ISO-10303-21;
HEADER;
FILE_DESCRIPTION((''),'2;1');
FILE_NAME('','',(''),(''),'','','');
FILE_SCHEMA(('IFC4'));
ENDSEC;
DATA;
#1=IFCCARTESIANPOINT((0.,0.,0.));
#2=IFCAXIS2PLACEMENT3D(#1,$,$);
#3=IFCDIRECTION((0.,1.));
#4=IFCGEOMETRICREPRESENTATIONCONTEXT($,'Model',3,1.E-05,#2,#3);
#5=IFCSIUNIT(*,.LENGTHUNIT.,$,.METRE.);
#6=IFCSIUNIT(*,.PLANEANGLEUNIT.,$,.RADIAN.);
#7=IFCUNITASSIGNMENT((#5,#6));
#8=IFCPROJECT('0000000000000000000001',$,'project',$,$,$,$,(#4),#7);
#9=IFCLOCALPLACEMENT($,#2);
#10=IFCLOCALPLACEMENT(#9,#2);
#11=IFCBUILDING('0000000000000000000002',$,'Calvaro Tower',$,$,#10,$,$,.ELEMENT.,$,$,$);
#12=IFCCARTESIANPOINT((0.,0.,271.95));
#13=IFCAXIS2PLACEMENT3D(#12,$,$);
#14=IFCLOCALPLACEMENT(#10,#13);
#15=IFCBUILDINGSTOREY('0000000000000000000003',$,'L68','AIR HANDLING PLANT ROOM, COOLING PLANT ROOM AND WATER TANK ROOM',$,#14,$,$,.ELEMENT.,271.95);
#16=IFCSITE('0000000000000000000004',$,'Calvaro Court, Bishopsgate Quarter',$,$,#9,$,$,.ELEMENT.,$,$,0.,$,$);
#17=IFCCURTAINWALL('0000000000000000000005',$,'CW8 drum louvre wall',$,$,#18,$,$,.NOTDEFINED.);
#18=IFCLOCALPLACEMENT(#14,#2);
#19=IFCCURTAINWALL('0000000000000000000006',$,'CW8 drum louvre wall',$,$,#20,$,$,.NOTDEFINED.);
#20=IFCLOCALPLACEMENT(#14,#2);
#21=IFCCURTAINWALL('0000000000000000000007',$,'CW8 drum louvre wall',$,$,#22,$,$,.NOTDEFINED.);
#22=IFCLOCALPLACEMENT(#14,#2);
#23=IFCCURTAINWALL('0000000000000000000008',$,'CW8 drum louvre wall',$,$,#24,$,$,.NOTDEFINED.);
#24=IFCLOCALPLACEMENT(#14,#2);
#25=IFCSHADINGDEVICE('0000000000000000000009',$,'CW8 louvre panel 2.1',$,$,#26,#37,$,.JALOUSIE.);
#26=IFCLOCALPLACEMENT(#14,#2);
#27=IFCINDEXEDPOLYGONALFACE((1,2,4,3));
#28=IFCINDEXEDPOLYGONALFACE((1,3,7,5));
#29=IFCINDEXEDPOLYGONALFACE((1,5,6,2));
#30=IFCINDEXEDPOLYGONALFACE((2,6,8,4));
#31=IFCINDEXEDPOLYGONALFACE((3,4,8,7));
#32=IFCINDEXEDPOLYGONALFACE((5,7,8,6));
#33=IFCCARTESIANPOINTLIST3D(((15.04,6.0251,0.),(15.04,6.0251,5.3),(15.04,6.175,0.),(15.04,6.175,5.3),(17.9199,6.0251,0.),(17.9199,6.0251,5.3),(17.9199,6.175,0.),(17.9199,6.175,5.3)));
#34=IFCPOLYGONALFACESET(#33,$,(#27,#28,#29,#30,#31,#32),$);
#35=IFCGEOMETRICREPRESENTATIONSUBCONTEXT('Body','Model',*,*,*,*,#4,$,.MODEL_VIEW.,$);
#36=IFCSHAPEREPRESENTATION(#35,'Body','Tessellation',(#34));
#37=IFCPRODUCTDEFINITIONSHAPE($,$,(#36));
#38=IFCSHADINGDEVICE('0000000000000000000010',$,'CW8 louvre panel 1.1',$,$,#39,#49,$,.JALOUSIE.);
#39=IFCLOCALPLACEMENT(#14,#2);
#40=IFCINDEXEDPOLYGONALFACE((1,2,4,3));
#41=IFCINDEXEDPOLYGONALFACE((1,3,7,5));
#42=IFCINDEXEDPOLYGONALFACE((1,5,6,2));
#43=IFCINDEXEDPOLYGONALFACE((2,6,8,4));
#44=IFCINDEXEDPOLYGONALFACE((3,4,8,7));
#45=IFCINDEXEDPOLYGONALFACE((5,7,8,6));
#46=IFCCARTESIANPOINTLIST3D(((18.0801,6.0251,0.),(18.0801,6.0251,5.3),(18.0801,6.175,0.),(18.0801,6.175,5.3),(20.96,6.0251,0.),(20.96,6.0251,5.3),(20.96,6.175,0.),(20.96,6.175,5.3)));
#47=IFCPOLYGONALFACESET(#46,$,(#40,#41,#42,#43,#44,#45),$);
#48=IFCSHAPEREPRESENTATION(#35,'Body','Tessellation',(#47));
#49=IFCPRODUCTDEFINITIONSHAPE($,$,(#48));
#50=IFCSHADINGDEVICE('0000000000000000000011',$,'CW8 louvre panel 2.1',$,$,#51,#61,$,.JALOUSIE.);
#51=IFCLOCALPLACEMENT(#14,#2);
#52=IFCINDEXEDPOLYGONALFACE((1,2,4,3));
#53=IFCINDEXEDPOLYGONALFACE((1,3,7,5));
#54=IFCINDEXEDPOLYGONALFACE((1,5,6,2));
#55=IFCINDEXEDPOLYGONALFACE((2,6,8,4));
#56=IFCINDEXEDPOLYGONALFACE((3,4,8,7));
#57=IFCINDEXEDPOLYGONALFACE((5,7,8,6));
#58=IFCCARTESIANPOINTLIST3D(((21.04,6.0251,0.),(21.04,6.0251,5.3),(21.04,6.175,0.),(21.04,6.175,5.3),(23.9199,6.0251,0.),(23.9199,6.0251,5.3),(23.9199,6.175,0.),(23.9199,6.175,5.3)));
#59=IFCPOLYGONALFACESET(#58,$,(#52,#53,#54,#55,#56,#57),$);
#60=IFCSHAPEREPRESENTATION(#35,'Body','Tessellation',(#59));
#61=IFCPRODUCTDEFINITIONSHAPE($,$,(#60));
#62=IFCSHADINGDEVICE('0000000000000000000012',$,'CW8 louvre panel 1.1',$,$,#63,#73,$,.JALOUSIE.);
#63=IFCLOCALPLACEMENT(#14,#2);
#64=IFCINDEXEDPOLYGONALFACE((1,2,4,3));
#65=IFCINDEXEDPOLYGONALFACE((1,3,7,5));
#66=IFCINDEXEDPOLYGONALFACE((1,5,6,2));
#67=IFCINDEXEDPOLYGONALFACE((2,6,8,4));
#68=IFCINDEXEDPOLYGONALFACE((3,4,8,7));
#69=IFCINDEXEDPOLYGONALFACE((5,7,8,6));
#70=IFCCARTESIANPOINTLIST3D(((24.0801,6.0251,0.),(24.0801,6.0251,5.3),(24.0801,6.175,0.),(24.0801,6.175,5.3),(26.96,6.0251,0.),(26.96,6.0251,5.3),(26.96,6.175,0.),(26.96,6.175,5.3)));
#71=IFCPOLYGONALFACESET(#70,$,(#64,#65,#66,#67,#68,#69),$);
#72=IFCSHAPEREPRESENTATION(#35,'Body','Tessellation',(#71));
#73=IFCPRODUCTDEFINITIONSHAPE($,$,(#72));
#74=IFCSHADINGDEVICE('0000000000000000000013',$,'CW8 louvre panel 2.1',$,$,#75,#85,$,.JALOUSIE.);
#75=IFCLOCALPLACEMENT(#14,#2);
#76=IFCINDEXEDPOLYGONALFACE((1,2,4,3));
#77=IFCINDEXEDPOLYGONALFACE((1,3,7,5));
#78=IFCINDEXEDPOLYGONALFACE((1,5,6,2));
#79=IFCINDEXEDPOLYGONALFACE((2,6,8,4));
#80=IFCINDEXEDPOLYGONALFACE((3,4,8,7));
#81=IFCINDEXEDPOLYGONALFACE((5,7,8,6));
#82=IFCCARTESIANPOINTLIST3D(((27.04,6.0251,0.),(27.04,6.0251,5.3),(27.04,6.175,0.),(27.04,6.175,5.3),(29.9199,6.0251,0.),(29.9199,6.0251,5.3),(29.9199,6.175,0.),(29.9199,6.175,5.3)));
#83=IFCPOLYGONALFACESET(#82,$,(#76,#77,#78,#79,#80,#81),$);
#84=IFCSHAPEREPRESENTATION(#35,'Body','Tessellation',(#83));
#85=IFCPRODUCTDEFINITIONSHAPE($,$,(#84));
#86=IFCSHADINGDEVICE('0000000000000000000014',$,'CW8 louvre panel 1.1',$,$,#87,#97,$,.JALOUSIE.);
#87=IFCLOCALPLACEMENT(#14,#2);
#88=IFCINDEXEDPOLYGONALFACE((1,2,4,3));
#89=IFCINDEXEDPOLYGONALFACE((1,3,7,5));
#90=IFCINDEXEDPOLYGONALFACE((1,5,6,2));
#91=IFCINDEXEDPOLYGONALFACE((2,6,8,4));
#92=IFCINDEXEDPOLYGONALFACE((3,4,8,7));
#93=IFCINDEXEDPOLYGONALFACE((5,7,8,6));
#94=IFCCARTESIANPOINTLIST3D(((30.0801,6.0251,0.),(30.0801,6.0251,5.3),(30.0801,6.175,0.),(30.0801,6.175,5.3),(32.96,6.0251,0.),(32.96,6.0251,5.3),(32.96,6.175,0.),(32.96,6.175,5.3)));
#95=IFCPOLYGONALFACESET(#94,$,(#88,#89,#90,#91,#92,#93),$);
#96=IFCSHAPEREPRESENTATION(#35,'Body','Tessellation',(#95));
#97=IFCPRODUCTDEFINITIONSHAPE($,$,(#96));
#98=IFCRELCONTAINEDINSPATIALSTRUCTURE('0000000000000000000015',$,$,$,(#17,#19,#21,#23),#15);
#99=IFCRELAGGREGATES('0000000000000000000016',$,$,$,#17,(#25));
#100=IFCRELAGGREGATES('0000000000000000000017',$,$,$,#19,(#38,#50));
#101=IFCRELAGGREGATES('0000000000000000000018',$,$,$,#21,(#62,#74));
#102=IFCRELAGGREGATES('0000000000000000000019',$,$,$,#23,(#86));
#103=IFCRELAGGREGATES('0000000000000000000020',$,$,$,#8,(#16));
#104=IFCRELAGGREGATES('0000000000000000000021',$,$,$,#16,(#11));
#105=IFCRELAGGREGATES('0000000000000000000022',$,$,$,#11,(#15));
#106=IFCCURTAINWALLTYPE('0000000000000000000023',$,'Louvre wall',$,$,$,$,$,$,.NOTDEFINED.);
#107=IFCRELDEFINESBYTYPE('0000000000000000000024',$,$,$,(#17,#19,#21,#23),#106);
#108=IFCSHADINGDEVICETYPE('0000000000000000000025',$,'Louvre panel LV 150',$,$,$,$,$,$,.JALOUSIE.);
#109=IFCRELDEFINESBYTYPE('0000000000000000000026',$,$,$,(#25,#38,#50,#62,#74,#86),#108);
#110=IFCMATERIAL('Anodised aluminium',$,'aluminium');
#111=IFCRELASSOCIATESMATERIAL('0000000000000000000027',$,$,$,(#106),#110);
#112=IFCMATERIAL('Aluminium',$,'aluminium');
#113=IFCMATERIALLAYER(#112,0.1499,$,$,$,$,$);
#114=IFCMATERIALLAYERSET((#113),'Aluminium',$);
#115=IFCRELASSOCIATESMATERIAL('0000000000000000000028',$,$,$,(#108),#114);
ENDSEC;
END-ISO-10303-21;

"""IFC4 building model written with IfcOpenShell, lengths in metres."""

from ifc_helpers import new_model, si_unit, direction, frame, origin, origin_2d, place, context, subcontext, project, spatial, rectangle, extrude, material, layer, layer_set, type_object, element, aggregate, save


model = new_model("IFC4")

# Units and contexts
model_context = context("Model", 3, precision=1e-05, world=origin(), true_north=direction((0.0, 1.0)))
body_context = subcontext(model_context, "Body", "Model", "MODEL_VIEW")
ifc_project = project(units=[si_unit("LENGTHUNIT", "METRE"), si_unit("PLANEANGLEUNIT", "RADIAN")], contexts=[model_context])

# Site, building, storey
site_placement = place(None, origin())
site = spatial("IfcSite", under=ifc_project, at=site_placement, Name="Calvaro Court, Bishopsgate Quarter", CompositionType="ELEMENT", RefElevation=0.0)
building_placement = place(site_placement, origin())
building = spatial("IfcBuilding", under=site, at=building_placement, Name="Calvaro Tower", CompositionType="ELEMENT")
storey_placement = place(building_placement, frame((0.0, 0.0, 271.95)))
storey = spatial("IfcBuildingStorey", under=building, at=storey_placement, Name="L68", Description="AIR HANDLING PLANT ROOM, COOLING PLANT ROOM AND WATER TANK ROOM", CompositionType="ELEMENT", Elevation=271.95)

# Curtain wall
ifc_material_1 = material(Name="Anodised aluminium", Category="aluminium")
curtain_wall_type = type_object("IfcCurtainWallType", Name="Louvre wall", PredefinedType="NOTDEFINED", material=ifc_material_1)
curtain_wall_1_placement = place(storey_placement, origin())
curtain_wall_1 = element("IfcCurtainWall", 1, at=curtain_wall_1_placement, inside=storey, type_object=curtain_wall_type, Name="CW8 drum louvre wall", PredefinedType="NOTDEFINED")

# Curtain walls
curtain_wall_2_placement = place(storey_placement, origin())
curtain_wall_2 = element("IfcCurtainWall", 2, at=curtain_wall_2_placement, inside=storey, type_object=curtain_wall_type, Name="CW8 drum louvre wall", PredefinedType="NOTDEFINED")
curtain_wall_3_placement = place(storey_placement, origin())
curtain_wall_3 = element("IfcCurtainWall", 3, at=curtain_wall_3_placement, inside=storey, type_object=curtain_wall_type, Name="CW8 drum louvre wall", PredefinedType="NOTDEFINED")
curtain_wall_4_placement = place(storey_placement, origin())
curtain_wall_4 = element("IfcCurtainWall", 4, at=curtain_wall_4_placement, inside=storey, type_object=curtain_wall_type, Name="CW8 drum louvre wall", PredefinedType="NOTDEFINED")

# Shading devices
ifc_material_2 = material(Name="Aluminium", Category="aluminium")
ifc_layer_1 = layer(ifc_material_2, 0.1499)
ifc_layer_set_1 = layer_set([ifc_layer_1], Name="Aluminium")
shading_device_type = type_object("IfcShadingDeviceType", Name="Louvre panel LV 150", PredefinedType="JALOUSIE", material=ifc_layer_set_1)
shading_device_1_placement = place(storey_placement, frame((16.48, 6.1001, 0.0), z_axis=(0.0, 0.0, 1.0), x_axis=(1.0, 0.0, 0.0)))
shading_device_1 = element("IfcShadingDevice", 5, at=shading_device_1_placement, type_object=shading_device_type, Name="CW8 louvre panel 2.1", PredefinedType="JALOUSIE", context=body_context, shape_type="SweptSolid", body=[
    extrude(rectangle(XDim=2.8799, YDim=0.1499, at=origin_2d()), origin(), (0.0, 0.0, 1.0), 5.3),
])
aggregate(curtain_wall_1, [shading_device_1])
shading_device_2_placement = place(storey_placement, frame((19.52, 6.1001, 0.0), z_axis=(0.0, 0.0, 1.0), x_axis=(1.0, 0.0, 0.0)))
shading_device_2 = element("IfcShadingDevice", 6, at=shading_device_2_placement, type_object=shading_device_type, Name="CW8 louvre panel 1.1", PredefinedType="JALOUSIE", context=body_context, shape_type="SweptSolid", body=[
    extrude(rectangle(XDim=2.8799, YDim=0.1499, at=origin_2d()), origin(), (0.0, 0.0, 1.0), 5.3),
])
shading_device_3_placement = place(storey_placement, frame((22.48, 6.1001, 0.0), z_axis=(0.0, 0.0, 1.0), x_axis=(1.0, 0.0, 0.0)))
shading_device_3 = element("IfcShadingDevice", 7, at=shading_device_3_placement, type_object=shading_device_type, Name="CW8 louvre panel 2.1", PredefinedType="JALOUSIE", context=body_context, shape_type="SweptSolid", body=[
    extrude(rectangle(XDim=2.8799, YDim=0.1499, at=origin_2d()), origin(), (0.0, 0.0, 1.0), 5.3),
])
aggregate(curtain_wall_2, [shading_device_2, shading_device_3])
shading_device_4_placement = place(storey_placement, frame((25.52, 6.1001, 0.0), z_axis=(0.0, 0.0, 1.0), x_axis=(1.0, 0.0, 0.0)))
shading_device_4 = element("IfcShadingDevice", 8, at=shading_device_4_placement, type_object=shading_device_type, Name="CW8 louvre panel 1.1", PredefinedType="JALOUSIE", context=body_context, shape_type="SweptSolid", body=[
    extrude(rectangle(XDim=2.8799, YDim=0.1499, at=origin_2d()), origin(), (0.0, 0.0, 1.0), 5.3),
])
shading_device_5_placement = place(storey_placement, frame((28.48, 6.1001, 0.0), z_axis=(0.0, 0.0, 1.0), x_axis=(1.0, 0.0, 0.0)))
shading_device_5 = element("IfcShadingDevice", 9, at=shading_device_5_placement, type_object=shading_device_type, Name="CW8 louvre panel 2.1", PredefinedType="JALOUSIE", context=body_context, shape_type="SweptSolid", body=[
    extrude(rectangle(XDim=2.8799, YDim=0.1499, at=origin_2d()), origin(), (0.0, 0.0, 1.0), 5.3),
])
aggregate(curtain_wall_3, [shading_device_4, shading_device_5])
shading_device_6_placement = place(storey_placement, frame((31.52, 6.1001, 0.0), z_axis=(0.0, 0.0, 1.0), x_axis=(1.0, 0.0, 0.0)))
shading_device_6 = element("IfcShadingDevice", 10, at=shading_device_6_placement, type_object=shading_device_type, Name="CW8 louvre panel 1.1", PredefinedType="JALOUSIE", context=body_context, shape_type="SweptSolid", body=[
    extrude(rectangle(XDim=2.8799, YDim=0.1499, at=origin_2d()), origin(), (0.0, 0.0, 1.0), 5.3),
])
aggregate(curtain_wall_4, [shading_device_6])

save(model, "model.ifc")
